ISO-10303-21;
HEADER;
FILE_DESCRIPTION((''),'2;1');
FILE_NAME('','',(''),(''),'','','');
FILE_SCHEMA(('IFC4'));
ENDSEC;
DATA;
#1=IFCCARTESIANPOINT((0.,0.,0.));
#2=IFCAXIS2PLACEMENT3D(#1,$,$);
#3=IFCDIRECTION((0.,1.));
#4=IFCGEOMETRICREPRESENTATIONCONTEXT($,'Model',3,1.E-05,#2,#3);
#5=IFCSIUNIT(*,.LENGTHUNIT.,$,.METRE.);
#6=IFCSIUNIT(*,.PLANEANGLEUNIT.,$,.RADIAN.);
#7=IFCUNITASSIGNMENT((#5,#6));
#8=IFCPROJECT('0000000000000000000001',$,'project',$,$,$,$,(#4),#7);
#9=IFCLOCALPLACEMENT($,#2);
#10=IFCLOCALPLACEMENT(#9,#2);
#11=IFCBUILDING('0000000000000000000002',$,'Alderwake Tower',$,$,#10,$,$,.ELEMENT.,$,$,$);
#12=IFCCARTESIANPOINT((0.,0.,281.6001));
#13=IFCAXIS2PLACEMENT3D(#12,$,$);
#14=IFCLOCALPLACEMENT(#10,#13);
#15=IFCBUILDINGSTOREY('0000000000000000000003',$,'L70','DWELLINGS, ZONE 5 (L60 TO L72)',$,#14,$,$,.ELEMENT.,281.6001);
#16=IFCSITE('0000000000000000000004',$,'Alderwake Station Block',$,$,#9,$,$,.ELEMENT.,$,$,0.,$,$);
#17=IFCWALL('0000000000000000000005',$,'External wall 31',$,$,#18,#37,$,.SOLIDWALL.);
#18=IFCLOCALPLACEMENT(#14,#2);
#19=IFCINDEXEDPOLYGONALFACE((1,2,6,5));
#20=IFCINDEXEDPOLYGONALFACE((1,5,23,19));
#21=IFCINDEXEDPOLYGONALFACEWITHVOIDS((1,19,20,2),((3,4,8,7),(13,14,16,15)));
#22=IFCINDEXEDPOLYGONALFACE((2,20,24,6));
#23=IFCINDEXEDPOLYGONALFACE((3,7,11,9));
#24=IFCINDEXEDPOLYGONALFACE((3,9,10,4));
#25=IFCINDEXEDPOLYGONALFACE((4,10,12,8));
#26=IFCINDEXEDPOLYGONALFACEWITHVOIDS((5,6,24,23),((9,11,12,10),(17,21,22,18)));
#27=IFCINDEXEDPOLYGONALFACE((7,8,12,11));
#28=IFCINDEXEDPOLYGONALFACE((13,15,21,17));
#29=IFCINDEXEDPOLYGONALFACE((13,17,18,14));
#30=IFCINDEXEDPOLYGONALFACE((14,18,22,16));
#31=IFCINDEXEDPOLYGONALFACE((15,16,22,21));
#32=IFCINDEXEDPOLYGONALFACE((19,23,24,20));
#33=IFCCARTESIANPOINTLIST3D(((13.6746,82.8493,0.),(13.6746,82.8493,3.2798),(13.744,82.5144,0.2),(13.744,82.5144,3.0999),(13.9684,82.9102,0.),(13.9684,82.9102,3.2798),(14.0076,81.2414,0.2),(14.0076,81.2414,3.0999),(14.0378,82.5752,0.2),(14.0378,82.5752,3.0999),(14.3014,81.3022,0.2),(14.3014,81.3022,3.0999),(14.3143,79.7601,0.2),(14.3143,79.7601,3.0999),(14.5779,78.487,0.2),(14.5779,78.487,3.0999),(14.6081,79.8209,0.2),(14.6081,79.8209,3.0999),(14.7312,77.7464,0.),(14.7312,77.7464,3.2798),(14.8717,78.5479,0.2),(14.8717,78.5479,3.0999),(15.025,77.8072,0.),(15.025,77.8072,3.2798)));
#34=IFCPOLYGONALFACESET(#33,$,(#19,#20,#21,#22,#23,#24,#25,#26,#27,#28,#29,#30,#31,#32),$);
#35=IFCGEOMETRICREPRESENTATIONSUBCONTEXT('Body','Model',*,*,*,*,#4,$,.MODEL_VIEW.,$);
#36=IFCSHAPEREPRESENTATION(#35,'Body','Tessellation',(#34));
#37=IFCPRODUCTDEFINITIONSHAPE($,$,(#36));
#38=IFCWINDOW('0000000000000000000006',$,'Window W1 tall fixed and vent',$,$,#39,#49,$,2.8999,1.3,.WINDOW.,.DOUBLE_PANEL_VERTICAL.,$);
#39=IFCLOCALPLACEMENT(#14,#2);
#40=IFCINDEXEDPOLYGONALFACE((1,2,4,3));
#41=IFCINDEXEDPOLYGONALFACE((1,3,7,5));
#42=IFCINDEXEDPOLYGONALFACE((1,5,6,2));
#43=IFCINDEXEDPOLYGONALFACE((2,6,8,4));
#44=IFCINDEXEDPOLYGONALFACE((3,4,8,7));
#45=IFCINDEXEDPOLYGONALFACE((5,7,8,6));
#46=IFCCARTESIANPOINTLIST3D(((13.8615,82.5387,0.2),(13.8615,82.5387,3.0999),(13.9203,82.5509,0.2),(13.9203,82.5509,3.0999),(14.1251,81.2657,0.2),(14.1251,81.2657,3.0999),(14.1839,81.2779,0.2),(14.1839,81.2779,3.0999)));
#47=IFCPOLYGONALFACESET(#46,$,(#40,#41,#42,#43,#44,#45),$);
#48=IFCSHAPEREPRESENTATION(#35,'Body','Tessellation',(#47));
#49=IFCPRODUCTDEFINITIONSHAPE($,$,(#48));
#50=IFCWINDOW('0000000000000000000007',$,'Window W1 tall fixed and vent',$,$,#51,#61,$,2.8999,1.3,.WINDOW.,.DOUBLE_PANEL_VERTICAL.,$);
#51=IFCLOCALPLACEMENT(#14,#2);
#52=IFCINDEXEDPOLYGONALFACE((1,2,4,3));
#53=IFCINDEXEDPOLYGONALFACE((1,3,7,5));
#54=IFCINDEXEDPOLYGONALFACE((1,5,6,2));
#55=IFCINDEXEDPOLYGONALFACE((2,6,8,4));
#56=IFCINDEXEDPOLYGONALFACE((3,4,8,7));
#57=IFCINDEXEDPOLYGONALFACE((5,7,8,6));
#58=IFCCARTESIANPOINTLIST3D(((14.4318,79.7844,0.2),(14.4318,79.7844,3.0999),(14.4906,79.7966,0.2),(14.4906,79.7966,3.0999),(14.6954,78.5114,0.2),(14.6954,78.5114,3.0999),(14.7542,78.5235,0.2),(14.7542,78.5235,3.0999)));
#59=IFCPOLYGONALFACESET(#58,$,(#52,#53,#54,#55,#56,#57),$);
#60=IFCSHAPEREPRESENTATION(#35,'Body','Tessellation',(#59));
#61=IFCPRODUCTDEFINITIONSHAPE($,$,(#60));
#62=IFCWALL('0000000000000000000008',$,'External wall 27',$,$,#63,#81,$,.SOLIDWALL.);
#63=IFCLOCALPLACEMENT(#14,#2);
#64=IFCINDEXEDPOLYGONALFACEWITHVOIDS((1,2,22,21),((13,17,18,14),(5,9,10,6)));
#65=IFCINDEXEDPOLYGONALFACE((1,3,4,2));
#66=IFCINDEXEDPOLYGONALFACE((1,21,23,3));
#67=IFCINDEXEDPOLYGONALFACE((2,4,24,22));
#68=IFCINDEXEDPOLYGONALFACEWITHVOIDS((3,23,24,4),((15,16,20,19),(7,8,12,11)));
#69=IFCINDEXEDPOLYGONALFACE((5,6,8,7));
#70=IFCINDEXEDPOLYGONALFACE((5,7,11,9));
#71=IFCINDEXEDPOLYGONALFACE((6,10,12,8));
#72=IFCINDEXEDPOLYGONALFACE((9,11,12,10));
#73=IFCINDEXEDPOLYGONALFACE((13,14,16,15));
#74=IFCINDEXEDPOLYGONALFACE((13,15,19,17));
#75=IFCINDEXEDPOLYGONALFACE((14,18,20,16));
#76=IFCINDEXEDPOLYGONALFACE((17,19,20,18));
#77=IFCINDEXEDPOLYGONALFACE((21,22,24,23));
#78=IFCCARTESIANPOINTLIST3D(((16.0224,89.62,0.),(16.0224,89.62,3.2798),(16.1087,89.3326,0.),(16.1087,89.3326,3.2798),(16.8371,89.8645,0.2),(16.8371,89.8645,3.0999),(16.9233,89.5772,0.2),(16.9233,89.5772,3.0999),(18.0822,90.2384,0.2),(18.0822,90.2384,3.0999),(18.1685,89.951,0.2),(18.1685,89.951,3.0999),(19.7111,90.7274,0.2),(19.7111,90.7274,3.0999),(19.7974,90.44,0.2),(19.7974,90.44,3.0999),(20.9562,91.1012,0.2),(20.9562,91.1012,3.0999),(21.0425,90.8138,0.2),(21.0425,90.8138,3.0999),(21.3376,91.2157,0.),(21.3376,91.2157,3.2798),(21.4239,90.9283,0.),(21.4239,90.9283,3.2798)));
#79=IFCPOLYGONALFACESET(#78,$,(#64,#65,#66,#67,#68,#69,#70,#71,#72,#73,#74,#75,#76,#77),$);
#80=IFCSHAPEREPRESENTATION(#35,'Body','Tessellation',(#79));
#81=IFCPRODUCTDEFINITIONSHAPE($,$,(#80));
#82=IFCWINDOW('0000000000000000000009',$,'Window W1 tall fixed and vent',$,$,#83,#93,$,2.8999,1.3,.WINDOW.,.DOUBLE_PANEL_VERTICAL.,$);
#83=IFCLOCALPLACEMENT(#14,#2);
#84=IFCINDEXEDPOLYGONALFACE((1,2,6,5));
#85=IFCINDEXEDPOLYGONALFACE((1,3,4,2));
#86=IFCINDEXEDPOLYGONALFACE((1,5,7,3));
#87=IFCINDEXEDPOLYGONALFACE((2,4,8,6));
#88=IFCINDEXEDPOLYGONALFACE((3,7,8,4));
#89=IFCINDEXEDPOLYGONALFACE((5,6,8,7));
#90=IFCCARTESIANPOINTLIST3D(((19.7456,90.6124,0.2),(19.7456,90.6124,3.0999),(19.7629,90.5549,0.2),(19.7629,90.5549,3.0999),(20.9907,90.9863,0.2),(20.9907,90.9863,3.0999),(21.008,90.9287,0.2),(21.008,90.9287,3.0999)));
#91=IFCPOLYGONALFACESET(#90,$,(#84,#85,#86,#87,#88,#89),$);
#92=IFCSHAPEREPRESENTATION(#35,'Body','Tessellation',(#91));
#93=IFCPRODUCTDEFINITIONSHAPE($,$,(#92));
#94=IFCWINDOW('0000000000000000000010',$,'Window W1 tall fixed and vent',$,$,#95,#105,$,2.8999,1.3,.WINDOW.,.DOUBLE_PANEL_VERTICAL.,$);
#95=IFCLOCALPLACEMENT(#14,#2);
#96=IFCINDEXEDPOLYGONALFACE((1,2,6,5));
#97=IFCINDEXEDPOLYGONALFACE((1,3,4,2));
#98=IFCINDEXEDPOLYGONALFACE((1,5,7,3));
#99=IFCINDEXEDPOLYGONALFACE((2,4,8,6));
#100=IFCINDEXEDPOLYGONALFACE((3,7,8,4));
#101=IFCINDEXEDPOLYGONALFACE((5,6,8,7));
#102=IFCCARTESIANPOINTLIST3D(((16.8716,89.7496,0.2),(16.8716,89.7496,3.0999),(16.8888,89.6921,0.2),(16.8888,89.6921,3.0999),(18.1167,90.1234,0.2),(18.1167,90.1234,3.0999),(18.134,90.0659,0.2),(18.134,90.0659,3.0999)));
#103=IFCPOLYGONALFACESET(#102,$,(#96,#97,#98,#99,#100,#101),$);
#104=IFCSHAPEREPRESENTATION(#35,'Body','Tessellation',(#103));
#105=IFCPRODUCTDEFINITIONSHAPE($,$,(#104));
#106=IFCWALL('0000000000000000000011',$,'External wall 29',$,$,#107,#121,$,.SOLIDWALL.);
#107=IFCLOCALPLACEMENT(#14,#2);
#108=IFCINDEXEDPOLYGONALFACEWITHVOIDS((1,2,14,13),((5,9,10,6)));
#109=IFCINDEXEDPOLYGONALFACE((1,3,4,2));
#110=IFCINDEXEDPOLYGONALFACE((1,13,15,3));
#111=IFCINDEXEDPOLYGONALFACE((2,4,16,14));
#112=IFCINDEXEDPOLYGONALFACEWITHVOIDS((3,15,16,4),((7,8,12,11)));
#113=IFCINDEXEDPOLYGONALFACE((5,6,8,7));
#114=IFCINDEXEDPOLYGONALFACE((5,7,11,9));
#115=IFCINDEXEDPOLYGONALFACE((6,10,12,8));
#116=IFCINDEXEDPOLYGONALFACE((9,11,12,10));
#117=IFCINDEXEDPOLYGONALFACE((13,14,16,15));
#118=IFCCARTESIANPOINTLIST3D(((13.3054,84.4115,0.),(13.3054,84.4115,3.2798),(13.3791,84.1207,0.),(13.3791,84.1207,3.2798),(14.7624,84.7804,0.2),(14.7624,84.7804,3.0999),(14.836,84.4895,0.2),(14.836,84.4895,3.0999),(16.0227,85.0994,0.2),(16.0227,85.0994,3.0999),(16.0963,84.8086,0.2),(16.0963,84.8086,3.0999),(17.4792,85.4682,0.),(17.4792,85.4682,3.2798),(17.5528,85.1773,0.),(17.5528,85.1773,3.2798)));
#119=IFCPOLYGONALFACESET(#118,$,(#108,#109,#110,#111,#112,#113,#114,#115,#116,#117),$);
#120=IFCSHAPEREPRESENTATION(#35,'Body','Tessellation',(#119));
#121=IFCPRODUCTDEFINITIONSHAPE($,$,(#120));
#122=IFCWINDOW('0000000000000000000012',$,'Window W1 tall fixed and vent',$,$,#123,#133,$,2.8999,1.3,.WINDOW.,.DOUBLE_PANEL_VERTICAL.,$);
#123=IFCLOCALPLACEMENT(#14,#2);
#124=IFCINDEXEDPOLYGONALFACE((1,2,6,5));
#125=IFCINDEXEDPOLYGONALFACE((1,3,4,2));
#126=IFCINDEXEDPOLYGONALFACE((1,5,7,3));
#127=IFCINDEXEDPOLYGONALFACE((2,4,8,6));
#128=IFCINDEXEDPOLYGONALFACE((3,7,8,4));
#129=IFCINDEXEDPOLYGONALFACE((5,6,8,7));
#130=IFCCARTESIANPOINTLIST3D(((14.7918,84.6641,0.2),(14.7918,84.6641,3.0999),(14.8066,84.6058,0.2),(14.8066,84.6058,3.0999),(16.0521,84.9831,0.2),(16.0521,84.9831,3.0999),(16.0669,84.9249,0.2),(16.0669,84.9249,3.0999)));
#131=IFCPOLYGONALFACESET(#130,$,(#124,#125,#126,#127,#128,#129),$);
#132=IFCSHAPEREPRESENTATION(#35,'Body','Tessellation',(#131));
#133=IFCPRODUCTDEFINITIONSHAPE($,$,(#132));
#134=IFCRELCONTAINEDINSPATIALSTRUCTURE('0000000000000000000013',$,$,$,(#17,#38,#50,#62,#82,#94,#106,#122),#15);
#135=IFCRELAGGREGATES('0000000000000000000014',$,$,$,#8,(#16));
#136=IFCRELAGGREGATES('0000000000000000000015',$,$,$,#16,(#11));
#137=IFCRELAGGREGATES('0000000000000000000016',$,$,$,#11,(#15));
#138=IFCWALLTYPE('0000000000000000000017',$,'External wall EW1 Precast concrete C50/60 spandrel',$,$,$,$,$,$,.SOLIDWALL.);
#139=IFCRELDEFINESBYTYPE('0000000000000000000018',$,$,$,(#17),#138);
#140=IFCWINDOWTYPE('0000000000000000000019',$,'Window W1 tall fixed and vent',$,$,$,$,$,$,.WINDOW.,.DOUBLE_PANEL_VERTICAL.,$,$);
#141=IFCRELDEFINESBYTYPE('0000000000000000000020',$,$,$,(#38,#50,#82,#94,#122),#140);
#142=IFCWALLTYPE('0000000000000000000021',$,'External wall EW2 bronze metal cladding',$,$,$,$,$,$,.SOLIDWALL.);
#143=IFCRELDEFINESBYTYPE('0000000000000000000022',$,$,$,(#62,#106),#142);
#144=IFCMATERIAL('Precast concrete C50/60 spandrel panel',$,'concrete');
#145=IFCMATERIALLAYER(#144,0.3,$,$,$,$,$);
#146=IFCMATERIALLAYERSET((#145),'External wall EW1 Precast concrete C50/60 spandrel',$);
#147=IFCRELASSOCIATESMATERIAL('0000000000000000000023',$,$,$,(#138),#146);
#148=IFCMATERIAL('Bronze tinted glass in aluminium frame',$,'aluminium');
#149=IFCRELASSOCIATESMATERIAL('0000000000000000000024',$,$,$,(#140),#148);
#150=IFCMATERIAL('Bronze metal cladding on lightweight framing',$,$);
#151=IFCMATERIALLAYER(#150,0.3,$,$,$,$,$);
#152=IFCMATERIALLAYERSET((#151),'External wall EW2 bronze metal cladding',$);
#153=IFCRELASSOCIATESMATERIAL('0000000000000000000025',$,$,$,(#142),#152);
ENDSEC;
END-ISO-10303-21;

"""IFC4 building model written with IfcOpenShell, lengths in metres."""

from ifc_helpers import new_model, si_unit, direction, frame, frame_2d, origin, place, context, subcontext, project, spatial, rectangle, extrude, material, layer, layer_set, type_object, element, fill, save


model = new_model("IFC4")

# Units and contexts
model_context = context("Model", 3, precision=1e-05, world=origin(), true_north=direction((0.0, 1.0)))
body_context = subcontext(model_context, "Body", "Model", "MODEL_VIEW")
ifc_project = project(units=[si_unit("LENGTHUNIT", "METRE"), si_unit("PLANEANGLEUNIT", "RADIAN")], contexts=[model_context])

# Site, building, storey
site_placement = place(None, origin())
site = spatial("IfcSite", under=ifc_project, at=site_placement, Name="Alderwake Station Block", CompositionType="ELEMENT", RefElevation=0.0)
building_placement = place(site_placement, origin())
building = spatial("IfcBuilding", under=site, at=building_placement, Name="Alderwake Tower", CompositionType="ELEMENT")
storey_placement = place(building_placement, frame((0.0, 0.0, 281.6001)))
storey = spatial("IfcBuildingStorey", under=building, at=storey_placement, Name="L70", Description="DWELLINGS, ZONE 5 (L60 TO L72)", CompositionType="ELEMENT", Elevation=281.6001)

# Shared definitions
ifc_material_1 = material(Name="Precast concrete C50/60 spandrel panel", Category="concrete")
ifc_layer_1 = layer(ifc_material_1, 0.3)
ifc_layer_set_1 = layer_set([ifc_layer_1], Name="External wall EW1 Precast concrete C50/60 spandrel")
wall_type_1 = type_object("IfcWallType", Name="External wall EW1 Precast concrete C50/60 spandrel", PredefinedType="SOLIDWALL", material=ifc_layer_set_1)

# Walls, openings, windows
wall_1_placement = place(storey_placement, frame((13.8215, 82.8796, 0.0), z_axis=(0.0, 0.0, 1.0), x_axis=(0.202761, -0.979228, 0.0)))
wall_1 = element("IfcWall", 1, at=wall_1_placement, inside=storey, type_object=wall_type_1, Name="External wall 31", PredefinedType="SOLIDWALL", context=body_context, shape_type="SweptSolid", body=[
    extrude(rectangle(XDim=5.2112, YDim=0.3, at=frame_2d((2.6055, 0.0))), origin(), (0.0, 0.0, 1.0), 3.2798),
])
opening_1_placement = place(wall_1_placement, frame((0.342, 0.0, 0.2)))
opening_1 = element("IfcOpeningElement", 2, at=opening_1_placement, cuts=wall_1, PredefinedType="OPENING", context=body_context, shape_type="SweptSolid", body=[
    extrude(rectangle(XDim=1.3, YDim=2.8999, at=frame_2d((0.6499, 1.45))), frame((0.0, 0.1599, 0.0), z_axis=(0.0, -1.0, 0.0), x_axis=(1.0, 0.0, 0.0)), (0.0, 0.0, 1.0), 0.3201),
])
opening_2_placement = place(wall_1_placement, frame((3.1548, 0.0, 0.2)))
opening_2 = element("IfcOpeningElement", 3, at=opening_2_placement, cuts=wall_1, PredefinedType="OPENING", context=body_context, shape_type="SweptSolid", body=[
    extrude(rectangle(XDim=1.3, YDim=2.8999, at=frame_2d((0.6499, 1.45))), frame((0.0, 0.1599, 0.0), z_axis=(0.0, -1.0, 0.0), x_axis=(1.0, 0.0, 0.0)), (0.0, 0.0, 1.0), 0.3201),
])
ifc_material_2 = material(Name="Bronze tinted glass in aluminium frame", Category="aluminium")
window_type = type_object("IfcWindowType", Name="Window W1 tall fixed and vent", PartitioningType="DOUBLE_PANEL_VERTICAL", PredefinedType="WINDOW", material=ifc_material_2)
window_1_placement = place(opening_1_placement, origin())
window_1 = element("IfcWindow", 4, at=window_1_placement, inside=storey, type_object=window_type, Name="Window W1 tall fixed and vent", OverallHeight=2.8999, OverallWidth=1.3, PartitioningType="DOUBLE_PANEL_VERTICAL", PredefinedType="WINDOW", context=body_context, shape_type="SweptSolid", body=[
    extrude(rectangle(XDim=1.3, YDim=2.8999, at=frame_2d((0.6499, 1.45))), frame((0.0, 0.03, 0.0), z_axis=(0.0, -1.0, 0.0), x_axis=(1.0, 0.0, 0.0)), (0.0, 0.0, 1.0), 0.0601),
])
fill(opening_1, window_1)
window_2_placement = place(opening_2_placement, origin())
window_2 = element("IfcWindow", 5, at=window_2_placement, inside=storey, type_object=window_type, Name="Window W1 tall fixed and vent", OverallHeight=2.8999, OverallWidth=1.3, PartitioningType="DOUBLE_PANEL_VERTICAL", PredefinedType="WINDOW", context=body_context, shape_type="SweptSolid", body=[
    extrude(rectangle(XDim=1.3, YDim=2.8999, at=frame_2d((0.6499, 1.45))), frame((0.0, 0.03, 0.0), z_axis=(0.0, -1.0, 0.0), x_axis=(1.0, 0.0, 0.0)), (0.0, 0.0, 1.0), 0.0601),
])
fill(opening_2, window_2)
ifc_material_3 = material(Name="Bronze metal cladding on lightweight framing")
ifc_layer_2 = layer(ifc_material_3, 0.3)
ifc_layer_set_2 = layer_set([ifc_layer_2], Name="External wall EW2 bronze metal cladding")
wall_type_2 = type_object("IfcWallType", Name="External wall EW2 bronze metal cladding", PredefinedType="SOLIDWALL", material=ifc_layer_set_2)
wall_2_placement = place(storey_placement, frame((21.3809, 91.072, 0.0), z_axis=(0.0, 0.0, 1.0), x_axis=(-0.957769, -0.287538, 0.0)))
wall_2 = element("IfcWall", 6, at=wall_2_placement, inside=storey, type_object=wall_type_2, Name="External wall 27", PredefinedType="SOLIDWALL", context=body_context, shape_type="SweptSolid", body=[
    extrude(rectangle(XDim=5.5496, YDim=0.3, at=frame_2d((2.7749, 0.0))), origin(), (0.0, 0.0, 1.0), 3.2798),
])
opening_3_placement = place(wall_2_placement, frame((0.3984, 0.0, 0.2)))
opening_3 = element("IfcOpeningElement", 7, at=opening_3_placement, cuts=wall_2, PredefinedType="OPENING", context=body_context, shape_type="SweptSolid", body=[
    extrude(rectangle(XDim=1.3, YDim=2.8999, at=frame_2d((0.6499, 1.45))), frame((0.0, 0.1599, 0.0), z_axis=(0.0, -1.0, 0.0), x_axis=(1.0, 0.0, 0.0)), (0.0, 0.0, 1.0), 0.3201),
])
opening_4_placement = place(wall_2_placement, frame((3.3992, 0.0, 0.2)))
opening_4 = element("IfcOpeningElement", 8, at=opening_4_placement, cuts=wall_2, PredefinedType="OPENING", context=body_context, shape_type="SweptSolid", body=[
    extrude(rectangle(XDim=1.3, YDim=2.8999, at=frame_2d((0.6499, 1.45))), frame((0.0, 0.1599, 0.0), z_axis=(0.0, -1.0, 0.0), x_axis=(1.0, 0.0, 0.0)), (0.0, 0.0, 1.0), 0.3201),
])
window_3_placement = place(opening_3_placement, origin())
window_3 = element("IfcWindow", 9, at=window_3_placement, inside=storey, type_object=window_type, Name="Window W1 tall fixed and vent", OverallHeight=2.8999, OverallWidth=1.3, PartitioningType="DOUBLE_PANEL_VERTICAL", PredefinedType="WINDOW", context=body_context, shape_type="SweptSolid", body=[
    extrude(rectangle(XDim=1.3, YDim=2.8999, at=frame_2d((0.6499, 1.45))), frame((0.0, 0.03, 0.0), z_axis=(0.0, -1.0, 0.0), x_axis=(1.0, 0.0, 0.0)), (0.0, 0.0, 1.0), 0.0601),
])
fill(opening_3, window_3)
window_4_placement = place(opening_4_placement, origin())
window_4 = element("IfcWindow", 10, at=window_4_placement, inside=storey, type_object=window_type, Name="Window W1 tall fixed and vent", OverallHeight=2.8999, OverallWidth=1.3, PartitioningType="DOUBLE_PANEL_VERTICAL", PredefinedType="WINDOW", context=body_context, shape_type="SweptSolid", body=[
    extrude(rectangle(XDim=1.3, YDim=2.8999, at=frame_2d((0.6499, 1.45))), frame((0.0, 0.03, 0.0), z_axis=(0.0, -1.0, 0.0), x_axis=(1.0, 0.0, 0.0)), (0.0, 0.0, 1.0), 0.0601),
])
fill(opening_4, window_4)

# Wall, opening, window
wall_3_placement = place(storey_placement, frame((17.5161, 85.3228, 0.0), z_axis=(0.0, 0.0, 1.0), x_axis=(-0.969418, -0.245416, 0.0)))
wall_3 = element("IfcWall", 11, at=wall_3_placement, inside=storey, type_object=wall_type_2, Name="External wall 29", PredefinedType="SOLIDWALL", context=body_context, shape_type="SweptSolid", body=[
    extrude(rectangle(XDim=4.3054, YDim=0.3, at=frame_2d((2.1528, 0.0))), origin(), (0.0, 0.0, 1.0), 3.2798),
])
opening_5_placement = place(wall_3_placement, frame((1.5027, 0.0, 0.2)))
opening_5 = element("IfcOpeningElement", 12, at=opening_5_placement, cuts=wall_3, PredefinedType="OPENING", context=body_context, shape_type="SweptSolid", body=[
    extrude(rectangle(XDim=1.3, YDim=2.8999, at=frame_2d((0.6499, 1.45))), frame((0.0, 0.1599, 0.0), z_axis=(0.0, -1.0, 0.0), x_axis=(1.0, 0.0, 0.0)), (0.0, 0.0, 1.0), 0.3201),
])
window_5_placement = place(opening_5_placement, origin())
window_5 = element("IfcWindow", 13, at=window_5_placement, inside=storey, type_object=window_type, Name="Window W1 tall fixed and vent", OverallHeight=2.8999, OverallWidth=1.3, PartitioningType="DOUBLE_PANEL_VERTICAL", PredefinedType="WINDOW", context=body_context, shape_type="SweptSolid", body=[
    extrude(rectangle(XDim=1.3, YDim=2.8999, at=frame_2d((0.6499, 1.45))), frame((0.0, 0.03, 0.0), z_axis=(0.0, -1.0, 0.0), x_axis=(1.0, 0.0, 0.0)), (0.0, 0.0, 1.0), 0.0601),
])
fill(opening_5, window_5)

save(model, "model.ifc")
